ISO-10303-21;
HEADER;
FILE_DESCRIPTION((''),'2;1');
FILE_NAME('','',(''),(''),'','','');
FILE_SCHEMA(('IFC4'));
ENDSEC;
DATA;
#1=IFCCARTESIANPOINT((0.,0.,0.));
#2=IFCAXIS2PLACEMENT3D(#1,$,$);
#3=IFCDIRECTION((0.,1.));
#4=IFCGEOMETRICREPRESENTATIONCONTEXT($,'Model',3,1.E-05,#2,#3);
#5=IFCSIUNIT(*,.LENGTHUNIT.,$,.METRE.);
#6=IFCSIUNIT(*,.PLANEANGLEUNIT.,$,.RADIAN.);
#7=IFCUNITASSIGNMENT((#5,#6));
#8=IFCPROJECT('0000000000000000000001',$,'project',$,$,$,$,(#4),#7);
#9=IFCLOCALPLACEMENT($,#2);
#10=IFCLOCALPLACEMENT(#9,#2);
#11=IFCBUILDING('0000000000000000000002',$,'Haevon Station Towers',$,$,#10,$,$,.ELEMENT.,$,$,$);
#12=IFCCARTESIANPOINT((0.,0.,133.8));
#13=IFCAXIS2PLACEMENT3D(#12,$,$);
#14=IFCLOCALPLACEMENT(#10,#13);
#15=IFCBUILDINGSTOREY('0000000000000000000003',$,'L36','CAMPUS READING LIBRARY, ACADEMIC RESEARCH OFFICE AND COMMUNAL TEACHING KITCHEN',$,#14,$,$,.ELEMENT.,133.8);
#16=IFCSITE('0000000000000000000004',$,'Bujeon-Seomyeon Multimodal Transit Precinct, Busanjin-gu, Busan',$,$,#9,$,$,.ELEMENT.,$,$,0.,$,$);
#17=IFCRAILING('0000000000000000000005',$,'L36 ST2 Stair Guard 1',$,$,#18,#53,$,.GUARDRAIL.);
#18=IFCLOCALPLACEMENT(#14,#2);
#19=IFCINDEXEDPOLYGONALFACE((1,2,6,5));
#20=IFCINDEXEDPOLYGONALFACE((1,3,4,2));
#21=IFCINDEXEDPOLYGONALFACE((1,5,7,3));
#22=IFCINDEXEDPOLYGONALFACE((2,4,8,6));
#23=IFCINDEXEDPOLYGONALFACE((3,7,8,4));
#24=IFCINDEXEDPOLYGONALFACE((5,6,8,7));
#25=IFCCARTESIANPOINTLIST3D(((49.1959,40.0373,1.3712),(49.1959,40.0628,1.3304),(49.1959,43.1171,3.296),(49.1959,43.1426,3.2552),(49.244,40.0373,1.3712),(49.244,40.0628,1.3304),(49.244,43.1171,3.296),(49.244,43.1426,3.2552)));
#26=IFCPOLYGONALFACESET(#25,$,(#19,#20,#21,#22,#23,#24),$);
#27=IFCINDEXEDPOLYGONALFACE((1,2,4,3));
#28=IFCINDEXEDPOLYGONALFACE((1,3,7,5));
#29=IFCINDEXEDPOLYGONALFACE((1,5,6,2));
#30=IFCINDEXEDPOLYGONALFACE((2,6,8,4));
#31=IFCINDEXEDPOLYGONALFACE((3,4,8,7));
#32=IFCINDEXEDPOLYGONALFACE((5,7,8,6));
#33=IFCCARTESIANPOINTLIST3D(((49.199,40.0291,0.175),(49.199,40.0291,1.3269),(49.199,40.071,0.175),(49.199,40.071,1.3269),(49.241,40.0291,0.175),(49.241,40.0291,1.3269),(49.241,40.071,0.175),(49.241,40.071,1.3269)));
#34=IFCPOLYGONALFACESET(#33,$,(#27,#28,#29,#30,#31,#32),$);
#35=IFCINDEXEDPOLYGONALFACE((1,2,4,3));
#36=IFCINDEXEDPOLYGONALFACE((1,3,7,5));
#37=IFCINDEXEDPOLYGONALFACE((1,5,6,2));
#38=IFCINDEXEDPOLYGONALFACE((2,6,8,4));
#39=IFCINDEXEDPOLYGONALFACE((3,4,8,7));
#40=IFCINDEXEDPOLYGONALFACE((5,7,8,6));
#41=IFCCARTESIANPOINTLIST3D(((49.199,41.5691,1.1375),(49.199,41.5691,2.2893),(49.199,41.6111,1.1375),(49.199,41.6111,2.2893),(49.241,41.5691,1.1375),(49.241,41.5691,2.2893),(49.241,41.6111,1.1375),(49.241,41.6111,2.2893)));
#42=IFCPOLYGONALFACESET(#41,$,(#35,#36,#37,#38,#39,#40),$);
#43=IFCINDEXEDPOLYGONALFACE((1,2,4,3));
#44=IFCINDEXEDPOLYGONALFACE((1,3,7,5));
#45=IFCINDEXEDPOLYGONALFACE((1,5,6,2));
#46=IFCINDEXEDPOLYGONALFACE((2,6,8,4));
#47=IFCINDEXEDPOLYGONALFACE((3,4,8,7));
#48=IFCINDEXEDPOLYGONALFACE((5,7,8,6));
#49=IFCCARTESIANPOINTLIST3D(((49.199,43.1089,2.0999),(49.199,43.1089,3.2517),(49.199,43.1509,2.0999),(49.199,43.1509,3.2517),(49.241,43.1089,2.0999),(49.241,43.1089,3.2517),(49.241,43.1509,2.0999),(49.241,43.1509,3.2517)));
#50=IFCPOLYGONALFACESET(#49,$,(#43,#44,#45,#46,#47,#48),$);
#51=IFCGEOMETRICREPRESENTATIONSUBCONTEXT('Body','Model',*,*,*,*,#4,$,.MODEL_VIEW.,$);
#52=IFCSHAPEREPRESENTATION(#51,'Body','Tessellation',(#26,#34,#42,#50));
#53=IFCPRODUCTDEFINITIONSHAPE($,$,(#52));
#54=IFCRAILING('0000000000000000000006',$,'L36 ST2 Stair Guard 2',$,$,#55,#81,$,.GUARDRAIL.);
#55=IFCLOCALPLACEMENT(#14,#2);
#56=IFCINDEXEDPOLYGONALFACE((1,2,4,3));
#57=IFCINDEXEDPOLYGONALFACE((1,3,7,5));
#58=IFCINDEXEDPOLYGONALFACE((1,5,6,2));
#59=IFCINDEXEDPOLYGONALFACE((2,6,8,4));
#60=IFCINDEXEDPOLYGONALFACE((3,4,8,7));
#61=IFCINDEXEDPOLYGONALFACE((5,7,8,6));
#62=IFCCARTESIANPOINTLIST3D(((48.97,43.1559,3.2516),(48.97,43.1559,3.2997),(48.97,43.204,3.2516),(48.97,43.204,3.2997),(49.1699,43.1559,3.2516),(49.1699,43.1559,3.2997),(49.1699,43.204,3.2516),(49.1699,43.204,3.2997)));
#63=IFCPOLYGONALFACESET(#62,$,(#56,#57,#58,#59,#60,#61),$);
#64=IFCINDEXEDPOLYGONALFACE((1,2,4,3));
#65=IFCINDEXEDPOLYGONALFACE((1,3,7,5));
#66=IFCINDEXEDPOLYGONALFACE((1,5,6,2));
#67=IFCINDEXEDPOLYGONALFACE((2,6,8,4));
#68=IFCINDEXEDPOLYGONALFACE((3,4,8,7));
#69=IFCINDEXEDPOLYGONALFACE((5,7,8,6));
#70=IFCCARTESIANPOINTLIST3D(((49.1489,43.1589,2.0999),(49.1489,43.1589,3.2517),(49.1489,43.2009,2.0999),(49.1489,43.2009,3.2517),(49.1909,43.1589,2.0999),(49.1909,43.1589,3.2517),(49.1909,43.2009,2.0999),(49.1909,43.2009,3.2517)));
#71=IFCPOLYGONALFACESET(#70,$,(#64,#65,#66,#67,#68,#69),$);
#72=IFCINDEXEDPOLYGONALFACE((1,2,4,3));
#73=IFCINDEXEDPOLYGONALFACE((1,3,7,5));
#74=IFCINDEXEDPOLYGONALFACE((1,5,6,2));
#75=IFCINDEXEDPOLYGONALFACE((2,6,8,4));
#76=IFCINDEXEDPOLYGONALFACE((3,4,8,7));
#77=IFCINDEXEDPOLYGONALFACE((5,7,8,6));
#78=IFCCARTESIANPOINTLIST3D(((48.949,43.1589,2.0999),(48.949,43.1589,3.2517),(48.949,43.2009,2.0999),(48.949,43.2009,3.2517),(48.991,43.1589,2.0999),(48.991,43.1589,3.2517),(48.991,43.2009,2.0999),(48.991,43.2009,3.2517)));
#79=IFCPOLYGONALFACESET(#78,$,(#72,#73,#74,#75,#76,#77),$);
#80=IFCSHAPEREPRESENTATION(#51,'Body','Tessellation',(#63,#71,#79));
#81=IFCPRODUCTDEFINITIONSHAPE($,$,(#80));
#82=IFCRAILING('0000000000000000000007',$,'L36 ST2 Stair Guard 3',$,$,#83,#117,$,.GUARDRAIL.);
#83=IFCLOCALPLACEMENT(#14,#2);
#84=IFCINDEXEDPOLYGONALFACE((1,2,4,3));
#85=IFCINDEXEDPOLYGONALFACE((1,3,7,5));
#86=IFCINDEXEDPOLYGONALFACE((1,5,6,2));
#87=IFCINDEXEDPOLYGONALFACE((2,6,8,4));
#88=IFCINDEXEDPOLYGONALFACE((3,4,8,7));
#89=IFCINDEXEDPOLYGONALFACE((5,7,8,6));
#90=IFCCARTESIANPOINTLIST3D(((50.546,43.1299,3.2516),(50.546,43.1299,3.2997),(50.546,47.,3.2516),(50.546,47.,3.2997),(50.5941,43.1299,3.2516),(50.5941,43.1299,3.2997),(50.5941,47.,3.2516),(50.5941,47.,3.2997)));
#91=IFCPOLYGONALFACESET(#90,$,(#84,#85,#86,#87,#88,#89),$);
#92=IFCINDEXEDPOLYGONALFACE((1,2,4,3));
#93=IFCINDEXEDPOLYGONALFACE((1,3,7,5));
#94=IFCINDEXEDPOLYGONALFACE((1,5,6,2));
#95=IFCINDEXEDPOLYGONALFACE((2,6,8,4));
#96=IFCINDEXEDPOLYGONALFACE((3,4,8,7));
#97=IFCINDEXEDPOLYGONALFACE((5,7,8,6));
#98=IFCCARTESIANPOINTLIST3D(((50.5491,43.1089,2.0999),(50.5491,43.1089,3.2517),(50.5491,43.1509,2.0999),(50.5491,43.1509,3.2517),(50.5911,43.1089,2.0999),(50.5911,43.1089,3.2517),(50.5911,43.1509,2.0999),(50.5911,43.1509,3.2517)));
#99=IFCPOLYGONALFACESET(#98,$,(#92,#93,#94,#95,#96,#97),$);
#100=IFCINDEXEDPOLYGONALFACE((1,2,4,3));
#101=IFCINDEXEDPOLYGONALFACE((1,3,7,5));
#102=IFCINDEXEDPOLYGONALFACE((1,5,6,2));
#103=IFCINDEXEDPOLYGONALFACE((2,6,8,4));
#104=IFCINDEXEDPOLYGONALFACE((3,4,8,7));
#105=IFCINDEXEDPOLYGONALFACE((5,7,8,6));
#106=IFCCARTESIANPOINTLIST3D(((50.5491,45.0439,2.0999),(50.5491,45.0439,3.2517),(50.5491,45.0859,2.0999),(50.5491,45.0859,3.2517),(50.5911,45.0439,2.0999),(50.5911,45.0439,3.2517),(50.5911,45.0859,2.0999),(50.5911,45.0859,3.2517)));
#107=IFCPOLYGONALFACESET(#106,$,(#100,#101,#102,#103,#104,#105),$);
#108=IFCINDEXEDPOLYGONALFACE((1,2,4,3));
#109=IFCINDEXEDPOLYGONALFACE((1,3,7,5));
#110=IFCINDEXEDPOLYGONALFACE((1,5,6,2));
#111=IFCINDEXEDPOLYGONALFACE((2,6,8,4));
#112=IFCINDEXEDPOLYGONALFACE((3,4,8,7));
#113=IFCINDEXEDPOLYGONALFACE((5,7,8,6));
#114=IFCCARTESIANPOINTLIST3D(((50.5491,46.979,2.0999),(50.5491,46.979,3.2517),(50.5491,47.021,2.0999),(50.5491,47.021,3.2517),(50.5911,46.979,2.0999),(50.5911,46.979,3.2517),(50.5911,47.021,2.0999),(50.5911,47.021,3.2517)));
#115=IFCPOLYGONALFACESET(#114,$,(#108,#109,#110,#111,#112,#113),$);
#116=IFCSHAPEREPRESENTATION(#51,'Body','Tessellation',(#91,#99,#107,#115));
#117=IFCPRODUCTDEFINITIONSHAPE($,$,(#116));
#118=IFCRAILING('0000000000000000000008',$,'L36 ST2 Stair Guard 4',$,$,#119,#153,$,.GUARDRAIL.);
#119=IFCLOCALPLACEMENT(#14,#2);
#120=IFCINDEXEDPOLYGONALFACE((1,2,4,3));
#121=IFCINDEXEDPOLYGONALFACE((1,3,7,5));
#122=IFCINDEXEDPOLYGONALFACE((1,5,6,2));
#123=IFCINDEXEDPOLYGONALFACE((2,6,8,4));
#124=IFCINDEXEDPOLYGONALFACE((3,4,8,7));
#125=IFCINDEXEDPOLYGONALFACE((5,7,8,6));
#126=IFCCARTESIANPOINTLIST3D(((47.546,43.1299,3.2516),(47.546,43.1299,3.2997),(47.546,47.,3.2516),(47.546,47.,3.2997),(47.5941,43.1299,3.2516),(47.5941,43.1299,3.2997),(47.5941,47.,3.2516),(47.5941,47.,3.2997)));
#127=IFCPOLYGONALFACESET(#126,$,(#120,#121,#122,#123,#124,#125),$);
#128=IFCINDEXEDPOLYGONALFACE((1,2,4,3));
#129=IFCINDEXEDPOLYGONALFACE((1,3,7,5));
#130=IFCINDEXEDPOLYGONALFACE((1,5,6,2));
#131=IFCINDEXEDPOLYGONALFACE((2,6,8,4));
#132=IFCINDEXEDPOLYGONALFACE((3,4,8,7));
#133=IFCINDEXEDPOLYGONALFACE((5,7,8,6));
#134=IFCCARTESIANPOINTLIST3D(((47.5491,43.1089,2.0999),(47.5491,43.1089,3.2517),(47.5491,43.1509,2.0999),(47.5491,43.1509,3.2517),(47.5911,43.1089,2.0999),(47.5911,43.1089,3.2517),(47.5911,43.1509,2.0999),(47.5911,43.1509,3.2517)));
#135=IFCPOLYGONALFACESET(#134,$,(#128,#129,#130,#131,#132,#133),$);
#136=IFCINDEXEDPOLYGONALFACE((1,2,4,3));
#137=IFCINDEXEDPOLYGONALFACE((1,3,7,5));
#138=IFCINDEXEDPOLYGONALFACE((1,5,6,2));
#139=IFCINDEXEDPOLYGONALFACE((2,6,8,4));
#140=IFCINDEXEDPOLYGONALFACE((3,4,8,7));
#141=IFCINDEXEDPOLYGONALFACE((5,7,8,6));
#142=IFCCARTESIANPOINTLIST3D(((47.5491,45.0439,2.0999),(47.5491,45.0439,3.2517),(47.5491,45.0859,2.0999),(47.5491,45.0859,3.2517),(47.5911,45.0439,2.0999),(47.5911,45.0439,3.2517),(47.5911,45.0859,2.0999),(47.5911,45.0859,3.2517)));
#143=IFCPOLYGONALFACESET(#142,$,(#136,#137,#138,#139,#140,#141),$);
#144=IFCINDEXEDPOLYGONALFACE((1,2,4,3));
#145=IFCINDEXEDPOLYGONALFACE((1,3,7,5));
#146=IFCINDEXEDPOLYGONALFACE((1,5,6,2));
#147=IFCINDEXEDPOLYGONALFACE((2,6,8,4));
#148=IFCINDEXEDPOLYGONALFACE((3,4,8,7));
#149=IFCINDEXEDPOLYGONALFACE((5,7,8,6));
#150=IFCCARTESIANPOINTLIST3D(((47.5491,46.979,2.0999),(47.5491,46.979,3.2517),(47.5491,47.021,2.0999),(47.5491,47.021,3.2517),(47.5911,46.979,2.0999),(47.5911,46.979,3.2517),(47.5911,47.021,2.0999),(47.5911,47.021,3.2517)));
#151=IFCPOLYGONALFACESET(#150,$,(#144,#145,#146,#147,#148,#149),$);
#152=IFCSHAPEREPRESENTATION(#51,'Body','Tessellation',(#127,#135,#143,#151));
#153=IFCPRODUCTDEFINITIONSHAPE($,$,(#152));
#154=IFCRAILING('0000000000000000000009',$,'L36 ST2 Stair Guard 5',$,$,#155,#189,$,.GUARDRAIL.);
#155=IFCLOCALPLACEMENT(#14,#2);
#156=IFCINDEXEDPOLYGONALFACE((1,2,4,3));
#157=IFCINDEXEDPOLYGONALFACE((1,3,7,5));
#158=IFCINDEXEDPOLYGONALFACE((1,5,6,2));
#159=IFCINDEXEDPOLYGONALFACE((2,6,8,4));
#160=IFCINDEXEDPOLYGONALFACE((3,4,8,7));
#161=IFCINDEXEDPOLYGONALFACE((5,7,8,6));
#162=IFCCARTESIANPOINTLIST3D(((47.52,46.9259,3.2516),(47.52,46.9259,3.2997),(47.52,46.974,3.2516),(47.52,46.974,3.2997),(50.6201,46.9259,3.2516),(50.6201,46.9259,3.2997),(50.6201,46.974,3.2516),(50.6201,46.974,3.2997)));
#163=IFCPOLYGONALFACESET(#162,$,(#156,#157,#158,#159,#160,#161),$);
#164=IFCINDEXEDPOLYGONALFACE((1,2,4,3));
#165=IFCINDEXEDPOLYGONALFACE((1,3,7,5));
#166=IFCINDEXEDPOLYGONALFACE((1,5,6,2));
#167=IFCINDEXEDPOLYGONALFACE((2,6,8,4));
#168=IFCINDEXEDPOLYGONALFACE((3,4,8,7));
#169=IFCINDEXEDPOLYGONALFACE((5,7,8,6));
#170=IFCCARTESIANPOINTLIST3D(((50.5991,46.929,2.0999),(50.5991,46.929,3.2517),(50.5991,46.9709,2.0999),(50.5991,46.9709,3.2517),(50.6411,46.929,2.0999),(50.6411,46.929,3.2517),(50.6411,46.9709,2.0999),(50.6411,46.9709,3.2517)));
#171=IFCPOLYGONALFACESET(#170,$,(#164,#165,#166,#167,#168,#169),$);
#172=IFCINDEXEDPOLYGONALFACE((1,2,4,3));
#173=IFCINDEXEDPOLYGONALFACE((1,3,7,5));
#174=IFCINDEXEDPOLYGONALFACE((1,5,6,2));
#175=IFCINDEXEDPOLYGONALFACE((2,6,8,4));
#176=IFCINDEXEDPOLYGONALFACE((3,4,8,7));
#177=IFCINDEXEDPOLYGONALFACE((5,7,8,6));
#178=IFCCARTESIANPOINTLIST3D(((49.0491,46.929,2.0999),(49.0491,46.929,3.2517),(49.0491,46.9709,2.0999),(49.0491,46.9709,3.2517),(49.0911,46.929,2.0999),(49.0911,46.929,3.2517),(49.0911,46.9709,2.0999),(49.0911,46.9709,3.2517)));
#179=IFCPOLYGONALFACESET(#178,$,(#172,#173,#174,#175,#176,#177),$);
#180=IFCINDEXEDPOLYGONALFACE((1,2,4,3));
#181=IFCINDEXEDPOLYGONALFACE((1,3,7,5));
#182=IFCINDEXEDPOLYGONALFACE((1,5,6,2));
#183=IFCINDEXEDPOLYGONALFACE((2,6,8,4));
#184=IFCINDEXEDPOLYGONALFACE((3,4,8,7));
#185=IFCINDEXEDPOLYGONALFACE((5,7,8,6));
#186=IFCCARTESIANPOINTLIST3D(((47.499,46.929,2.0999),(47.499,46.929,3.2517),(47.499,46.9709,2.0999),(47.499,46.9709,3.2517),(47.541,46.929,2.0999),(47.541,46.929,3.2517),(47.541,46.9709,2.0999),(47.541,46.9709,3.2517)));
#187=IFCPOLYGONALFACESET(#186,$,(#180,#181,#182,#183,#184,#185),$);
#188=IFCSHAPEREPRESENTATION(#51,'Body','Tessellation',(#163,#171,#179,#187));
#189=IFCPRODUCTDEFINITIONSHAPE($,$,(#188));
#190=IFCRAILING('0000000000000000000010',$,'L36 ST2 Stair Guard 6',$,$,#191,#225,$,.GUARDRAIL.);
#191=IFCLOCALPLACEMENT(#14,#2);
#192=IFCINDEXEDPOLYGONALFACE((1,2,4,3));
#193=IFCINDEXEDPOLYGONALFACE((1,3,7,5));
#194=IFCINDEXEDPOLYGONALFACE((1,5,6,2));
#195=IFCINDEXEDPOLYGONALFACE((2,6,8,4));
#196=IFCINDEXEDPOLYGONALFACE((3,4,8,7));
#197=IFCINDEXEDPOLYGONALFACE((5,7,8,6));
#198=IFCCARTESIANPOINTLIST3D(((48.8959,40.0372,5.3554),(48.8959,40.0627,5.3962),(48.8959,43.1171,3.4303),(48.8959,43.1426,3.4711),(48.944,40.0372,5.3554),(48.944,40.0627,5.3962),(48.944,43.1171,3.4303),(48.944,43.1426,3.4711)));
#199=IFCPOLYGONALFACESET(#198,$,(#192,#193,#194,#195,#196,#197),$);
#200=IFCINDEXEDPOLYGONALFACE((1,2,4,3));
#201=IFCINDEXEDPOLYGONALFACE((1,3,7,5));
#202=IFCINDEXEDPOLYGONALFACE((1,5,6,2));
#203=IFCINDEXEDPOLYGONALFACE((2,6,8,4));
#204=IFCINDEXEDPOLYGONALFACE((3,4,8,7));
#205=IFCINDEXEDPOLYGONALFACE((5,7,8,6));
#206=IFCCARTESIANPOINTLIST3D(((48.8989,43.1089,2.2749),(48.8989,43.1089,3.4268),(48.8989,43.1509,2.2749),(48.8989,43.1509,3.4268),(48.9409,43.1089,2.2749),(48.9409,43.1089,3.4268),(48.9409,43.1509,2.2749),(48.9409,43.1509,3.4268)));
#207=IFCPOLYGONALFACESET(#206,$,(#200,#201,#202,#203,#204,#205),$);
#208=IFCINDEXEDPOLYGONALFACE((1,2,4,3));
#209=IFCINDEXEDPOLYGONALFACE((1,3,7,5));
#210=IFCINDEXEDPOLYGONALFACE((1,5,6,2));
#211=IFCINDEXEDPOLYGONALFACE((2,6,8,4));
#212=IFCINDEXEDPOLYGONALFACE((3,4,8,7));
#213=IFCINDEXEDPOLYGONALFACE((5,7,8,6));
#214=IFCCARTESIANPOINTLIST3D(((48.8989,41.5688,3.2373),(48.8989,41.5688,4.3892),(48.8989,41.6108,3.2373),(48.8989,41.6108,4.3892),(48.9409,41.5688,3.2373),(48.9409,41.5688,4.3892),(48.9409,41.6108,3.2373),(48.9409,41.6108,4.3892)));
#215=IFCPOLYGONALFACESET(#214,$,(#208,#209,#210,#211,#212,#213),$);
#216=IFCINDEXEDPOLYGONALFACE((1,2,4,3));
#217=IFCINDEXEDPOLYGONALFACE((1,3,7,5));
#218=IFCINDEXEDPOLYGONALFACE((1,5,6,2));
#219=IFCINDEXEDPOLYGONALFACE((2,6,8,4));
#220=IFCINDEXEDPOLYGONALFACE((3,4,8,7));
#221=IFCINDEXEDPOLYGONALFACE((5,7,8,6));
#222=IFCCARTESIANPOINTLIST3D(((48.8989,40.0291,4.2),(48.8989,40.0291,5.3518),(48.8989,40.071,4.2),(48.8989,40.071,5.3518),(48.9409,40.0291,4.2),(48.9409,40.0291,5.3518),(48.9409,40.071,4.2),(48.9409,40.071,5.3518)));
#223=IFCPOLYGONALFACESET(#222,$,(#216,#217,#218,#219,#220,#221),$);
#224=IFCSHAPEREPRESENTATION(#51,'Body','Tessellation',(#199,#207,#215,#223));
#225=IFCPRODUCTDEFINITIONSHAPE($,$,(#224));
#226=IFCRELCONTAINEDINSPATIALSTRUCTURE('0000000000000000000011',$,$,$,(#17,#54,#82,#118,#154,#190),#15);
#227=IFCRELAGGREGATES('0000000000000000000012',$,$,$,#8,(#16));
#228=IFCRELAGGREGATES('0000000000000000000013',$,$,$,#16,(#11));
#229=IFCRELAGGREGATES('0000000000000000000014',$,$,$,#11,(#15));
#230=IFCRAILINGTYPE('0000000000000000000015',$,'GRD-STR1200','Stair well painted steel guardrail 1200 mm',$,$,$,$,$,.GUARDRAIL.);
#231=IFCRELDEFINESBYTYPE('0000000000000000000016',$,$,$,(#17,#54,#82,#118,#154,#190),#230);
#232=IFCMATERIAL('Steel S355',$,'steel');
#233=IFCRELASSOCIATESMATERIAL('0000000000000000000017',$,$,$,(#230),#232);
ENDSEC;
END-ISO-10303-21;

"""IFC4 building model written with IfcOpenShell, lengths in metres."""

from ifc_helpers import new_model, si_unit, direction, frame, origin, origin_2d, place, context, subcontext, project, spatial, rectangle, extrude, material, type_object, element, save


model = new_model("IFC4")

# Units and contexts
model_context = context("Model", 3, precision=1e-05, world=origin(), true_north=direction((0.0, 1.0)))
body_context = subcontext(model_context, "Body", "Model", "MODEL_VIEW")
ifc_project = project(units=[si_unit("LENGTHUNIT", "METRE"), si_unit("PLANEANGLEUNIT", "RADIAN")], contexts=[model_context])

# Site, building, storey
site_placement = place(None, origin())
site = spatial("IfcSite", under=ifc_project, at=site_placement, Name="Bujeon-Seomyeon Multimodal Transit Precinct, Busanjin-gu, Busan", CompositionType="ELEMENT", RefElevation=0.0)
building_placement = place(site_placement, origin())
building = spatial("IfcBuilding", under=site, at=building_placement, Name="Haevon Station Towers", CompositionType="ELEMENT")
storey_placement = place(building_placement, frame((0.0, 0.0, 133.8)))
storey = spatial("IfcBuildingStorey", under=building, at=storey_placement, Name="L36", Description="CAMPUS READING LIBRARY, ACADEMIC RESEARCH OFFICE AND COMMUNAL TEACHING KITCHEN", CompositionType="ELEMENT", Elevation=133.8)

# Shared definitions
ifc_material_1 = material(Name="Steel S355", Category="steel")

# Railings
railing_type_1 = type_object("IfcRailingType", Name="GRD-STR1200", Description="Stair well painted steel guardrail 1200 mm", PredefinedType="GUARDRAIL", material=ifc_material_1)
railing_1_placement = place(storey_placement, frame((49.22, 40.05, 0.175)))
element("IfcRailing", 1, at=railing_1_placement, inside=storey, type_object=railing_type_1, Name="L36 ST2 Stair Guard 1", PredefinedType="GUARDRAIL", context=body_context, shape_type="SweptSolid", body=[
    extrude(rectangle(XDim=0.0481, YDim=0.0481, at=origin_2d()), frame((0.0, 0.0, 1.1758), z_axis=(0.0, 0.84801, 0.529981), x_axis=(-1.0, 0.0, 0.0)), (0.0, 0.0, 1.0), 3.6318),
    extrude(rectangle(XDim=0.042, YDim=0.042, at=origin_2d()), origin(), (0.0, 0.0, 1.0), 1.1519),
    extrude(rectangle(XDim=0.042, YDim=0.042, at=origin_2d()), frame((0.0, 1.54, 0.9624)), (0.0, 0.0, 1.0), 1.1519),
    extrude(rectangle(XDim=0.042, YDim=0.042, at=origin_2d()), frame((0.0, 3.0798, 1.9248)), (0.0, 0.0, 1.0), 1.1519),
])
railing_2_placement = place(storey_placement, frame((49.1699, 43.1799, 2.0999)))
element("IfcRailing", 2, at=railing_2_placement, inside=storey, type_object=railing_type_1, Name="L36 ST2 Stair Guard 2", PredefinedType="GUARDRAIL", context=body_context, shape_type="SweptSolid", body=[
    extrude(rectangle(XDim=0.0481, YDim=0.0481, at=origin_2d()), frame((0.0, 0.0, 1.1758), z_axis=(-1.0, 0.0, 0.0), x_axis=(0.0, -1.0, 0.0)), (0.0, 0.0, 1.0), 0.2),
    extrude(rectangle(XDim=0.042, YDim=0.042, at=origin_2d()), origin(), (0.0, 0.0, 1.0), 1.1519),
    extrude(rectangle(XDim=0.042, YDim=0.042, at=origin_2d()), frame((-0.2, 0.0, 0.0)), (0.0, 0.0, 1.0), 1.1519),
])
for number, where, name in (
    (3, (50.5701, 43.1299, 2.0999), "L36 ST2 Stair Guard 3"),
    (4, (47.5701, 43.1299, 2.0999), "L36 ST2 Stair Guard 4"),
):
    element("IfcRailing", number, at=place(storey_placement, frame(where)), inside=storey, type_object=railing_type_1, Name=name, PredefinedType="GUARDRAIL", context=body_context, shape_type="SweptSolid", body=[
        extrude(rectangle(XDim=0.0481, YDim=0.0481, at=origin_2d()), frame((0.0, 0.0, 1.1758), z_axis=(0.0, 1.0, 0.0), x_axis=(-1.0, 0.0, 0.0)), (0.0, 0.0, 1.0), 3.8701),
        extrude(rectangle(XDim=0.042, YDim=0.042, at=origin_2d()), origin(), (0.0, 0.0, 1.0), 1.1519),
        extrude(rectangle(XDim=0.042, YDim=0.042, at=origin_2d()), frame((0.0, 1.9351, 0.0)), (0.0, 0.0, 1.0), 1.1519),
        extrude(rectangle(XDim=0.042, YDim=0.042, at=origin_2d()), frame((0.0, 3.8701, 0.0)), (0.0, 0.0, 1.0), 1.1519),
    ])
railing_3_placement = place(storey_placement, frame((50.6201, 46.95, 2.0999)))
element("IfcRailing", 5, at=railing_3_placement, inside=storey, type_object=railing_type_1, Name="L36 ST2 Stair Guard 5", PredefinedType="GUARDRAIL", context=body_context, shape_type="SweptSolid", body=[
    extrude(rectangle(XDim=0.0481, YDim=0.0481, at=origin_2d()), frame((0.0, 0.0, 1.1758), z_axis=(-1.0, 0.0, 0.0), x_axis=(0.0, -1.0, 0.0)), (0.0, 0.0, 1.0), 3.1001),
    extrude(rectangle(XDim=0.042, YDim=0.042, at=origin_2d()), origin(), (0.0, 0.0, 1.0), 1.1519),
    extrude(rectangle(XDim=0.042, YDim=0.042, at=origin_2d()), frame((-1.55, 0.0, 0.0)), (0.0, 0.0, 1.0), 1.1519),
    extrude(rectangle(XDim=0.042, YDim=0.042, at=origin_2d()), frame((-3.1001, 0.0, 0.0)), (0.0, 0.0, 1.0), 1.1519),
])
railing_4_placement = place(storey_placement, frame((48.9199, 43.1299, 2.2749)))
element("IfcRailing", 6, at=railing_4_placement, inside=storey, type_object=railing_type_1, Name="L36 ST2 Stair Guard 6", PredefinedType="GUARDRAIL", context=body_context, shape_type="SweptSolid", body=[
    extrude(rectangle(XDim=0.0481, YDim=0.0481, at=origin_2d()), frame((0.0, 0.0, 1.1758), z_axis=(0.0, -0.847979, 0.530029), x_axis=(1.0, 0.0, 0.0)), (0.0, 0.0, 1.0), 3.6321),
    extrude(rectangle(XDim=0.042, YDim=0.042, at=origin_2d()), origin(), (0.0, 0.0, 1.0), 1.1519),
    extrude(rectangle(XDim=0.042, YDim=0.042, at=origin_2d()), frame((0.0, -1.54, 0.9624)), (0.0, 0.0, 1.0), 1.1519),
    extrude(rectangle(XDim=0.042, YDim=0.042, at=origin_2d()), frame((0.0, -3.0798, 1.925)), (0.0, 0.0, 1.0), 1.1519),
])

save(model, "model.ifc")
